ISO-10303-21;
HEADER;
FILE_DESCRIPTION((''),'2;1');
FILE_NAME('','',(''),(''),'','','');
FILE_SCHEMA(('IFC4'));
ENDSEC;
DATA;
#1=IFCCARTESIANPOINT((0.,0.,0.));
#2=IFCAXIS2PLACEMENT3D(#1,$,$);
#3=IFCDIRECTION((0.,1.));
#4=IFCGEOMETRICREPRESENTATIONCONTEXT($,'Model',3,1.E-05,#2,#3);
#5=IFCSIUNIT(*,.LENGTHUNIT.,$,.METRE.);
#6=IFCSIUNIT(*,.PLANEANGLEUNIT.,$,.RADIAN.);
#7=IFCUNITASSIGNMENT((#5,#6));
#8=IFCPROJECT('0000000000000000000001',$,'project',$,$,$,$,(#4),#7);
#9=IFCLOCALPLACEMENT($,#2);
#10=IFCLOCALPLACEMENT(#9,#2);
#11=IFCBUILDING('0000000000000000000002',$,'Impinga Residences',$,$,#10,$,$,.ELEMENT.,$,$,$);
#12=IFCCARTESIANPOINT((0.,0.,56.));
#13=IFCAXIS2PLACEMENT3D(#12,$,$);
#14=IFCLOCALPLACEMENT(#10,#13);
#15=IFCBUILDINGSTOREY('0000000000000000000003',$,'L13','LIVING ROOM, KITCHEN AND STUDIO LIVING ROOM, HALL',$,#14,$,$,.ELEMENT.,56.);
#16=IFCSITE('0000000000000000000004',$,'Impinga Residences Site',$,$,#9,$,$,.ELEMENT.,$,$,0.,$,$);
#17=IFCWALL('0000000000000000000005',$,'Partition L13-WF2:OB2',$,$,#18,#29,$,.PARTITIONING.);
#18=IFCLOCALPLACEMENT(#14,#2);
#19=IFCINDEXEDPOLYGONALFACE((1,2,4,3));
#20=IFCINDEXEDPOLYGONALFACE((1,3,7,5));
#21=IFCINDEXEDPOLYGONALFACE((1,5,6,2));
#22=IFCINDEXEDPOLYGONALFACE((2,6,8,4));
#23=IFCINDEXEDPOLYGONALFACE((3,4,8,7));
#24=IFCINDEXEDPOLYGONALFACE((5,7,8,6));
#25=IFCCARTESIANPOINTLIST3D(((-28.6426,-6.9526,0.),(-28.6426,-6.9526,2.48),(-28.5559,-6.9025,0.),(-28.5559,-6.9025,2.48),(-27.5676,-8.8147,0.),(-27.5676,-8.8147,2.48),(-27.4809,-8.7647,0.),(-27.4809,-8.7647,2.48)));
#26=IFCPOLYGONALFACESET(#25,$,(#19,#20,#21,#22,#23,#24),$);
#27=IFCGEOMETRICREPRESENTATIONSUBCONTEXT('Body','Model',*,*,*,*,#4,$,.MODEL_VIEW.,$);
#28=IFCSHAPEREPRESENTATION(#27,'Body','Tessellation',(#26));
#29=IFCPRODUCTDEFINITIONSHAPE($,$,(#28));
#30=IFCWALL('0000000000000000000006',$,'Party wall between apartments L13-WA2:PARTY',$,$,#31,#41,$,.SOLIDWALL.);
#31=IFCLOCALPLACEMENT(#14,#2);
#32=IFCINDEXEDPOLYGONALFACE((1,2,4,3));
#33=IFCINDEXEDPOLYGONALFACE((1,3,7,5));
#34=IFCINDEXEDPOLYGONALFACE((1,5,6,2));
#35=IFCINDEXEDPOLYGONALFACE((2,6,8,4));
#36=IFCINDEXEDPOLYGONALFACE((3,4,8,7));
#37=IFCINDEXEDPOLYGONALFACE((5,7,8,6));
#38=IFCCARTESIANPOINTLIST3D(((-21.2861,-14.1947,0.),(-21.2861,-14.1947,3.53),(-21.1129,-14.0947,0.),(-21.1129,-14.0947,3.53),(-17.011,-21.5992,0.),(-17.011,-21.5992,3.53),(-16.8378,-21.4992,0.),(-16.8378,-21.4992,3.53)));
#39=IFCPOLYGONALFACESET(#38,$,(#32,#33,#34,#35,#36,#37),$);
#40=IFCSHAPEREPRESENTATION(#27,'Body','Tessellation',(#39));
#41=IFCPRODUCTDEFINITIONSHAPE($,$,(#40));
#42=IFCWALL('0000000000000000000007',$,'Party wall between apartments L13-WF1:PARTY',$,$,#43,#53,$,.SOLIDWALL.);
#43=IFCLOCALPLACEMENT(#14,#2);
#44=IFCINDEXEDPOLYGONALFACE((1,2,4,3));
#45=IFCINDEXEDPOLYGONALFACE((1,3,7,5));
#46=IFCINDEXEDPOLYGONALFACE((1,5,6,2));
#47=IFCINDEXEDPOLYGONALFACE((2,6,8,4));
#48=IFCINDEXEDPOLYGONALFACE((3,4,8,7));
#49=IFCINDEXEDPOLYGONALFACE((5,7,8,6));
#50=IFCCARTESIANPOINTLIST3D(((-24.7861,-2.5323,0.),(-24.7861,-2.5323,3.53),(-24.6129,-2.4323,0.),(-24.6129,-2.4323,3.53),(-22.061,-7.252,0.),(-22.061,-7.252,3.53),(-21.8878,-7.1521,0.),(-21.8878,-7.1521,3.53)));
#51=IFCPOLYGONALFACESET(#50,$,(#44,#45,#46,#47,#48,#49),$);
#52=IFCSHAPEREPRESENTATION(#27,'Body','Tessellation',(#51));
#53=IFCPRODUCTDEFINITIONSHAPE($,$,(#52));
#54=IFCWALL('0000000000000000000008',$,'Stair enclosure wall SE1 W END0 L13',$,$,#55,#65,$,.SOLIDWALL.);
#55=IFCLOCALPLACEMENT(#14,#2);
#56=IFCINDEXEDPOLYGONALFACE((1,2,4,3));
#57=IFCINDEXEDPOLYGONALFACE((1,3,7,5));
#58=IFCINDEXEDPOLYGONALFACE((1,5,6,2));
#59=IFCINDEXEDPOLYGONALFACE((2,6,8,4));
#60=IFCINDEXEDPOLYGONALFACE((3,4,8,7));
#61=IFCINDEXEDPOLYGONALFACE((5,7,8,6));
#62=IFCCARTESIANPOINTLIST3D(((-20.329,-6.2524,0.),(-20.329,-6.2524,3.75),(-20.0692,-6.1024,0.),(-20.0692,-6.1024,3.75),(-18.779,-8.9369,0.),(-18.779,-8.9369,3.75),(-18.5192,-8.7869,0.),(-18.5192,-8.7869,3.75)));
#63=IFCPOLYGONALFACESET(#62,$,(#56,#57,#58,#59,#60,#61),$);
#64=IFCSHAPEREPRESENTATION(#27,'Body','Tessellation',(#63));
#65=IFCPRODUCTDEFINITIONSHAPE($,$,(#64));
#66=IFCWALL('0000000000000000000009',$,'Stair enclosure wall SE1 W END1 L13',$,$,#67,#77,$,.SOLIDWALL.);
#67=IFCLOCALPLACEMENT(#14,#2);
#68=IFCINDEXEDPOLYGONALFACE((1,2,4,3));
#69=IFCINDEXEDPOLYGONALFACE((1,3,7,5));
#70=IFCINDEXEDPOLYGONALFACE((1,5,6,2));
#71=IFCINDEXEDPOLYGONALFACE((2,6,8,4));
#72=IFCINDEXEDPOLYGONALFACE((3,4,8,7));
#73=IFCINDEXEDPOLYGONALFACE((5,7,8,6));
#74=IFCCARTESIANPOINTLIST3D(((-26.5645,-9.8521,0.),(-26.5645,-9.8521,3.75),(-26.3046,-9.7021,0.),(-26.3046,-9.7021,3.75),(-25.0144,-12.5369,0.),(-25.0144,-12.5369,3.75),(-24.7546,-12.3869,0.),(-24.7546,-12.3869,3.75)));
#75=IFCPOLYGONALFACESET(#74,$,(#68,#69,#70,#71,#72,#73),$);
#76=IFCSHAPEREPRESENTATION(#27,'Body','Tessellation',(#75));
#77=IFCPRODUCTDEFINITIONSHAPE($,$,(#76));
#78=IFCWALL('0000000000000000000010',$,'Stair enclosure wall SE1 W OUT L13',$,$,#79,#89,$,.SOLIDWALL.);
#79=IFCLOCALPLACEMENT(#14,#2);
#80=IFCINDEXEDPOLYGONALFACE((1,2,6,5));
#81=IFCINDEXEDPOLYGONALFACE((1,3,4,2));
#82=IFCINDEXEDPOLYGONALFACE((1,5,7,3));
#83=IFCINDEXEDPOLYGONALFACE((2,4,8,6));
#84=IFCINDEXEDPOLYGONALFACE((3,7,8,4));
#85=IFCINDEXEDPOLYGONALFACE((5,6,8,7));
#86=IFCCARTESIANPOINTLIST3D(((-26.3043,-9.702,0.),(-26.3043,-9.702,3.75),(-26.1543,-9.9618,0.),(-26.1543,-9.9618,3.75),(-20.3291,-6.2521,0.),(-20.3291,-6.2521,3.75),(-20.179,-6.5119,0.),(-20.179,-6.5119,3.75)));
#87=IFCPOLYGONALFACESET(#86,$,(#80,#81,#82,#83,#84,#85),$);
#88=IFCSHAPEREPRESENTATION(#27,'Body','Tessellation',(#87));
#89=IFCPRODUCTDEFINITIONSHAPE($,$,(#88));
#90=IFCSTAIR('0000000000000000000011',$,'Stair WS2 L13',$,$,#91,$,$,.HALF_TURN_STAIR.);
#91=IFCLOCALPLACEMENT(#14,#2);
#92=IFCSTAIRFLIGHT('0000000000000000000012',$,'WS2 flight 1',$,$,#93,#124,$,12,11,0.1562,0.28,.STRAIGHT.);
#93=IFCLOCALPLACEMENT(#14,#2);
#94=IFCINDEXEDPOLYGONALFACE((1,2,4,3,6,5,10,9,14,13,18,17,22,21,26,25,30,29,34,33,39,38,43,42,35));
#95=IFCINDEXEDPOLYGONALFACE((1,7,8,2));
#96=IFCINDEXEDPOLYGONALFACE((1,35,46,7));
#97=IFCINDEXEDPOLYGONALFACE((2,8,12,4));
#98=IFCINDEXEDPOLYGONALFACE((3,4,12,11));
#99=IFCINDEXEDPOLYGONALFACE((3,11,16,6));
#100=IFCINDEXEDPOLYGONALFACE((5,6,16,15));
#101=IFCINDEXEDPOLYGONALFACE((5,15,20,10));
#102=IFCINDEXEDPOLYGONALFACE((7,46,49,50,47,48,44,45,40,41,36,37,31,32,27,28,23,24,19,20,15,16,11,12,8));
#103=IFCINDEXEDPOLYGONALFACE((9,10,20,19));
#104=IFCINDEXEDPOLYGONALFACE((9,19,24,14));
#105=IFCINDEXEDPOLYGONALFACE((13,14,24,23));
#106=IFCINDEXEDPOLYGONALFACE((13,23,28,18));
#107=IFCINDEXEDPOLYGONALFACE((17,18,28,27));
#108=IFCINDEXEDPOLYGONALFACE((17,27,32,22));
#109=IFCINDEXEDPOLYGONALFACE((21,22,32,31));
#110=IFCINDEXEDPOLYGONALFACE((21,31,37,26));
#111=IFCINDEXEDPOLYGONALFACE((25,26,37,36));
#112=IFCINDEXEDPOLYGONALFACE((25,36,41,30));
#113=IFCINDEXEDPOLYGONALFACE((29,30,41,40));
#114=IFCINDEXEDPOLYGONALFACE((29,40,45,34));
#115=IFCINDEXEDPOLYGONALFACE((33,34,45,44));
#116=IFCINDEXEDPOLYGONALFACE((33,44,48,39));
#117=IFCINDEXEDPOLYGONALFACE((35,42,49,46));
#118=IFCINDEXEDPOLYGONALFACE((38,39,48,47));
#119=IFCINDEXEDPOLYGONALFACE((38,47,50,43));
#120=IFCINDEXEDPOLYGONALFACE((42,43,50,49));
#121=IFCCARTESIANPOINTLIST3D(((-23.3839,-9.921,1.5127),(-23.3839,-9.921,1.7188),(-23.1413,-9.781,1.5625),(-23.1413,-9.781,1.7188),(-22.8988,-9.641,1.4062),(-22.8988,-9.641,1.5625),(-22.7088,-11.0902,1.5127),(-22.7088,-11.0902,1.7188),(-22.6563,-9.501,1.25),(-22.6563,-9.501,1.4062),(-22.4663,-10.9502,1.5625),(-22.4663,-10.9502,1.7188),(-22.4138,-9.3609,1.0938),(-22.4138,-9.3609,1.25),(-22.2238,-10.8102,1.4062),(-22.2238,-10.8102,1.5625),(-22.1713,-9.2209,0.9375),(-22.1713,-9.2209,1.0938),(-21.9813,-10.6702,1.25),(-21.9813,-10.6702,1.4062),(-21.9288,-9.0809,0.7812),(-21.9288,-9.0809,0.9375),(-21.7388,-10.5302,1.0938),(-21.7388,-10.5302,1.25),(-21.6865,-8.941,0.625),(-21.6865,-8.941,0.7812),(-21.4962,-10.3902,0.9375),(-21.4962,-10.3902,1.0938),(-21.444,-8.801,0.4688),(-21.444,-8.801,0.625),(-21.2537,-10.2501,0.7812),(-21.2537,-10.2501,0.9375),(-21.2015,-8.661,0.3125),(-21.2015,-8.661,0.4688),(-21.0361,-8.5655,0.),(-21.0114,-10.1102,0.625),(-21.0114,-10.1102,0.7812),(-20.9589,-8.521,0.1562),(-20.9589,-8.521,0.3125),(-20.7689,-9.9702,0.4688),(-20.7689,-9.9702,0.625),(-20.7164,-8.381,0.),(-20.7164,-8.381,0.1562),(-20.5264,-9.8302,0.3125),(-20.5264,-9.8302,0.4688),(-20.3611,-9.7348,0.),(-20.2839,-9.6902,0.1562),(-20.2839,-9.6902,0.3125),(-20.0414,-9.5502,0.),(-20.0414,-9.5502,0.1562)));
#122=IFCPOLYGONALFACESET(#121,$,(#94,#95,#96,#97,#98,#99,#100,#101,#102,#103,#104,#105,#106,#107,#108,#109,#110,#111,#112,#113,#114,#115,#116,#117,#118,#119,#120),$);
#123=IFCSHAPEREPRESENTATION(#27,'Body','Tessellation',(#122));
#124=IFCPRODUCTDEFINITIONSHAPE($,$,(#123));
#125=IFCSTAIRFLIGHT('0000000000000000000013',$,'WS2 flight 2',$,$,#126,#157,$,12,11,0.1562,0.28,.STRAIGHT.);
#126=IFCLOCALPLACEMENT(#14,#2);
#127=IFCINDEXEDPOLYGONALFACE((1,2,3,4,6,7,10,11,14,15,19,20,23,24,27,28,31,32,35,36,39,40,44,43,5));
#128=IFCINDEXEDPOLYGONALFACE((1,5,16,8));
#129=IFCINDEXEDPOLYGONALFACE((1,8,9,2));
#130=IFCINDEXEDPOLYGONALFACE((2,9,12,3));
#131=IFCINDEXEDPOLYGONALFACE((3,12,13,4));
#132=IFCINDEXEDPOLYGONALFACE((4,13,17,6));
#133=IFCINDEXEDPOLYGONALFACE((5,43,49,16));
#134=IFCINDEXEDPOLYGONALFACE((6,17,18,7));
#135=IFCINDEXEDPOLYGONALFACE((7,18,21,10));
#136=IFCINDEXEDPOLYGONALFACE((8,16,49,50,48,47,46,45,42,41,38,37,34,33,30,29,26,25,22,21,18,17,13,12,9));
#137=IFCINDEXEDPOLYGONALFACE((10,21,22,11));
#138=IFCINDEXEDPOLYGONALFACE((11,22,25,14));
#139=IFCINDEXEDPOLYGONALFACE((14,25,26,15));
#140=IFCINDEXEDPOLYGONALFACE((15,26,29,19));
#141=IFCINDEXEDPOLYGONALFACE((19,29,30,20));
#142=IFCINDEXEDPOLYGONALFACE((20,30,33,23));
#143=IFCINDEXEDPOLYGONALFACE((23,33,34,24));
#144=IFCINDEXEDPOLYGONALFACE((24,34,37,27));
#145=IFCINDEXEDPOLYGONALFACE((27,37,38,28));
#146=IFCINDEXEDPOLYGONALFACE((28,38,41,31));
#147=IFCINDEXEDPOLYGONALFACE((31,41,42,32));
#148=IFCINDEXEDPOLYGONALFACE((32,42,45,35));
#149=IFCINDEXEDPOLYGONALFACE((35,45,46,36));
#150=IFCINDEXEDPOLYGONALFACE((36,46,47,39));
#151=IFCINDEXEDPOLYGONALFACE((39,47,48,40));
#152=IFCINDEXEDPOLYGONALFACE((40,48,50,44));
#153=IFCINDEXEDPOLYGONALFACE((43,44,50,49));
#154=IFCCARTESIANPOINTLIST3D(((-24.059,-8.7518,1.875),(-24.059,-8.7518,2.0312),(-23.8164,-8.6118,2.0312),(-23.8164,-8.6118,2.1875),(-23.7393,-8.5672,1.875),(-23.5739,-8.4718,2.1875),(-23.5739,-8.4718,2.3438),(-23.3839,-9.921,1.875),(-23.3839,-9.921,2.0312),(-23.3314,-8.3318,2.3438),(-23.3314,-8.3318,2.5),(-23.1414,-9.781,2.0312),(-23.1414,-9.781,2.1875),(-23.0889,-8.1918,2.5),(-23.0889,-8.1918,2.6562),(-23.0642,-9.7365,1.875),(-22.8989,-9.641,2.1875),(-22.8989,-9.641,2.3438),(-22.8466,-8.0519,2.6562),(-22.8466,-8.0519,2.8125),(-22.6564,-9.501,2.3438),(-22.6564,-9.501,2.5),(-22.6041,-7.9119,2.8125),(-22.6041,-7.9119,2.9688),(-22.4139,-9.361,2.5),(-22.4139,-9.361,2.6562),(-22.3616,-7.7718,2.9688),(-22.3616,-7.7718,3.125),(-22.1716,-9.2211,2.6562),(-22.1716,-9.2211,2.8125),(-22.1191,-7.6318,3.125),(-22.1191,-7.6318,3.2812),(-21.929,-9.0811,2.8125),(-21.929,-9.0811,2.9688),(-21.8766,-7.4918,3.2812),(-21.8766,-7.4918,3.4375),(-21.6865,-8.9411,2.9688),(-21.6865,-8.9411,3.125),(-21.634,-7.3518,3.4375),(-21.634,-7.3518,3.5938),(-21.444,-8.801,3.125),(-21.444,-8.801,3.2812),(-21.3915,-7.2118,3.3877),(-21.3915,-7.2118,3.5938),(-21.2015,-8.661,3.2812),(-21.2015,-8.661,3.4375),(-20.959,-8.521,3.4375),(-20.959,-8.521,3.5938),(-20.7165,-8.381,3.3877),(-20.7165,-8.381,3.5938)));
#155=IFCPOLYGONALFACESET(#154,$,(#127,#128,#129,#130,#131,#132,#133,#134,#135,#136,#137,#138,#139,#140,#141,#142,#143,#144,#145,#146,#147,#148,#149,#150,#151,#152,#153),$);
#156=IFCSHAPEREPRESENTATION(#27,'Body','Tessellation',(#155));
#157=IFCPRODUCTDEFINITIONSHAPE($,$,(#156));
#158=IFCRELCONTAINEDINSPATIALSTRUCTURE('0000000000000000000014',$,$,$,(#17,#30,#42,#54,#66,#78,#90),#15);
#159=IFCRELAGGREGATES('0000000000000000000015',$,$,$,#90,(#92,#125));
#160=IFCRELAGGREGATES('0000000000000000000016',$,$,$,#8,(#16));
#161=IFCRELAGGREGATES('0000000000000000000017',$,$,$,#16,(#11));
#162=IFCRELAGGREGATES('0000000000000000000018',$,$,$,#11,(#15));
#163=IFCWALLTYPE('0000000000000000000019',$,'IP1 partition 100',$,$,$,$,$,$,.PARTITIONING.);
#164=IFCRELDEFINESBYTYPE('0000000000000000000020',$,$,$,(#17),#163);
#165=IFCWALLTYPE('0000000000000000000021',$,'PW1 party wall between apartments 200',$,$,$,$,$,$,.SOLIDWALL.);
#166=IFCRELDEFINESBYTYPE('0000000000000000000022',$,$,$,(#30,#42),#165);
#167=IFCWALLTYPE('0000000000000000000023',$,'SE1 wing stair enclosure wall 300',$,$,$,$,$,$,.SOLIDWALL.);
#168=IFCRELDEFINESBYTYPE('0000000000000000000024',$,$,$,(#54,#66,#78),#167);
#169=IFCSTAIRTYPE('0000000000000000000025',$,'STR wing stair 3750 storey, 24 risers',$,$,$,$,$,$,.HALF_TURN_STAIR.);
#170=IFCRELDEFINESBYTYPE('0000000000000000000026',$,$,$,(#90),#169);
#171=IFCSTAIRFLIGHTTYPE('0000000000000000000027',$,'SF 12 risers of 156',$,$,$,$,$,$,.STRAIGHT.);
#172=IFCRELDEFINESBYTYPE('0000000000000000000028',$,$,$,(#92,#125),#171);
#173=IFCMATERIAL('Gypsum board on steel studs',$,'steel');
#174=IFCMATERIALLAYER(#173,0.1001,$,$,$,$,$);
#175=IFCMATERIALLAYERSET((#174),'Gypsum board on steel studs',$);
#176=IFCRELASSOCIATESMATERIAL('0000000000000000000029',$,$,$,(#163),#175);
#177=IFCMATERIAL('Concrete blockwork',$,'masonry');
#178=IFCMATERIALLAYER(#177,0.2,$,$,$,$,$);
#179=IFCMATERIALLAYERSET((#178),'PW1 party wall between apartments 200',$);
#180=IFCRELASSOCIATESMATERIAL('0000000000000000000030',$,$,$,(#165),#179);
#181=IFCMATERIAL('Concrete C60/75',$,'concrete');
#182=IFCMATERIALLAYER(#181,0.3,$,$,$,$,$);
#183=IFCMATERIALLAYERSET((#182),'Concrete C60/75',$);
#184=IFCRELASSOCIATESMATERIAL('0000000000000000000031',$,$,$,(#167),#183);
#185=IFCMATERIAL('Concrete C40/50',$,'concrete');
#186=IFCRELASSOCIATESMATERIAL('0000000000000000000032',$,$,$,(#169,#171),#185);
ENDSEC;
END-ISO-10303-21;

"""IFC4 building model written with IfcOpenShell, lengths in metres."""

from ifc_helpers import new_model, si_unit, direction, frame, frame_2d, origin, place, context, subcontext, project, spatial, polyline, rectangle, outline, extrude, material, layer, layer_set, type_object, element, aggregate, save


model = new_model("IFC4")

# Units and contexts
model_context = context("Model", 3, precision=1e-05, world=origin(), true_north=direction((0.0, 1.0)))
body_context = subcontext(model_context, "Body", "Model", "MODEL_VIEW")
ifc_project = project(units=[si_unit("LENGTHUNIT", "METRE"), si_unit("PLANEANGLEUNIT", "RADIAN")], contexts=[model_context])

# Site, building, storey
site_placement = place(None, origin())
site = spatial("IfcSite", under=ifc_project, at=site_placement, Name="Impinga Residences Site", CompositionType="ELEMENT", RefElevation=0.0)
building_placement = place(site_placement, origin())
building = spatial("IfcBuilding", under=site, at=building_placement, Name="Impinga Residences", CompositionType="ELEMENT")
storey_placement = place(building_placement, frame((0.0, 0.0, 56.0)))
storey = spatial("IfcBuildingStorey", under=building, at=storey_placement, Name="L13", Description="LIVING ROOM, KITCHEN AND STUDIO LIVING ROOM, HALL", CompositionType="ELEMENT", Elevation=56.0)

# Shared definitions
ifc_material_1 = material(Name="Concrete C60/75", Category="concrete")

# Shared definitions
ifc_material_2 = material(Name="Gypsum board on steel studs", Category="steel")
ifc_layer_1 = layer(ifc_material_2, 0.1001)
ifc_layer_set_1 = layer_set([ifc_layer_1], Name="Gypsum board on steel studs")
wall_type_1 = type_object("IfcWallType", Name="IP1 partition 100", PredefinedType="PARTITIONING", material=ifc_layer_set_1)

# Walls
wall_1_placement = place(storey_placement, frame((-27.5242, -8.7898, 0.0), z_axis=(0.0, 0.0, 1.0), x_axis=(-0.499962, 0.866048, 0.0)))
element("IfcWall", 1, at=wall_1_placement, inside=storey, type_object=wall_type_1, Name="Partition L13-WF2:OB2", PredefinedType="PARTITIONING", context=body_context, shape_type="SweptSolid", body=[
    extrude(rectangle(XDim=2.1501, YDim=0.1001, at=frame_2d((1.0752, 0.0))), origin(), (0.0, 0.0, 1.0), 2.48),
])
ifc_material_3 = material(Name="Concrete blockwork", Category="masonry")
ifc_layer_2 = layer(ifc_material_3, 0.2)
ifc_layer_set_2 = layer_set([ifc_layer_2], Name="PW1 party wall between apartments 200")
wall_type_2 = type_object("IfcWallType", Name="PW1 party wall between apartments 200", PredefinedType="SOLIDWALL", material=ifc_layer_set_2)
wall_2_placement = place(storey_placement, frame((-21.1995, -14.1448, 0.0), z_axis=(0.0, 0.0, 1.0), x_axis=(0.500012, -0.866019, 0.0)))
element("IfcWall", 2, at=wall_2_placement, inside=storey, type_object=wall_type_2, Name="Party wall between apartments L13-WA2:PARTY", PredefinedType="SOLIDWALL", context=body_context, shape_type="SweptSolid", body=[
    extrude(rectangle(XDim=8.55, YDim=0.2, at=frame_2d((4.2749, 0.0))), origin(), (0.0, 0.0, 1.0), 3.53),
])
wall_3_placement = place(storey_placement, frame((-21.9744, -7.2021, 0.0), z_axis=(0.0, 0.0, 1.0), x_axis=(-0.500022, 0.866013, 0.0)))
element("IfcWall", 3, at=wall_3_placement, inside=storey, type_object=wall_type_2, Name="Party wall between apartments L13-WF1:PARTY", PredefinedType="SOLIDWALL", context=body_context, shape_type="SweptSolid", body=[
    extrude(rectangle(XDim=5.45, YDim=0.2, at=frame_2d((2.7251, 0.0))), origin(), (0.0, 0.0, 1.0), 3.53),
])
ifc_layer_3 = layer(ifc_material_1, 0.3)
ifc_layer_set_3 = layer_set([ifc_layer_3], Name="Concrete C60/75")
wall_type_3 = type_object("IfcWallType", Name="SE1 wing stair enclosure wall 300", PredefinedType="SOLIDWALL", material=ifc_layer_set_3)
wall_4_placement = place(storey_placement, frame((-18.6492, -8.8618, 0.0), z_axis=(0.0, 0.0, 1.0), x_axis=(-0.500027, 0.86601, 0.0)))
element("IfcWall", 4, at=wall_4_placement, inside=storey, type_object=wall_type_3, Name="Stair enclosure wall SE1 W END0 L13", PredefinedType="SOLIDWALL", context=body_context, shape_type="SweptSolid", body=[
    extrude(rectangle(XDim=3.0999, YDim=0.3, at=frame_2d((1.5498, 0.0))), origin(), (0.0, 0.0, 1.0), 3.75),
])
wall_5_placement = place(storey_placement, frame((-24.8845, -12.4619, 0.0), z_axis=(0.0, 0.0, 1.0), x_axis=(-0.499993, 0.86603, 0.0)))
element("IfcWall", 5, at=wall_5_placement, inside=storey, type_object=wall_type_3, Name="Stair enclosure wall SE1 W END1 L13", PredefinedType="SOLIDWALL", context=body_context, shape_type="SweptSolid", body=[
    extrude(rectangle(XDim=3.1001, YDim=0.3, at=frame_2d((1.55, 0.0))), origin(), (0.0, 0.0, 1.0), 3.75),
])
wall_6_placement = place(storey_placement, frame((-20.2542, -6.3821, 0.0), z_axis=(0.0, 0.0, 1.0), x_axis=(-0.86602, -0.500009, 0.0)))
element("IfcWall", 6, at=wall_6_placement, inside=storey, type_object=wall_type_3, Name="Stair enclosure wall SE1 W OUT L13", PredefinedType="SOLIDWALL", context=body_context, shape_type="SweptSolid", body=[
    extrude(rectangle(XDim=6.8997, YDim=0.3, at=frame_2d((3.4497, 0.0))), origin(), (0.0, 0.0, 1.0), 3.75),
])

# Stair, stair flights
ifc_material_4 = material(Name="Concrete C40/50", Category="concrete")
stair_type = type_object("IfcStairType", Name="STR wing stair 3750 storey, 24 risers", PredefinedType="HALF_TURN_STAIR", material=ifc_material_4)
stair_placement = place(storey_placement, origin())
stair = element("IfcStair", 7, at=stair_placement, inside=storey, type_object=stair_type, Name="Stair WS2 L13", PredefinedType="HALF_TURN_STAIR")
stair_flight_type = type_object("IfcStairFlightType", Name="SF 12 risers of 156", PredefinedType="STRAIGHT", material=ifc_material_4)
stair_flight_1_placement = place(storey_placement, frame((-20.3789, -8.9656, 0.0), z_axis=(0.0, 0.0, 1.0), x_axis=(-0.866025, -0.5, 0.0)))
stair_flight_1 = element("IfcStairFlight", 8, at=stair_flight_1_placement, type_object=stair_flight_type, Name="WS2 flight 1", NumberOfRisers=12, NumberOfTreads=11, PredefinedType="STRAIGHT", RiserHeight=0.1562, TreadLength=0.28, context=body_context, shape_type="SweptSolid", body=[
    extrude(outline(polyline([(0.0, 0.0), (0.0, 0.1562), (0.28, 0.1562), (0.28, 0.3125), (0.5601, 0.3125), (0.5601, 0.4688), (0.8401, 0.4688), (0.8401, 0.625), (1.1201, 0.625), (1.1201, 0.7812), (1.3999, 0.7812), (1.3999, 0.9375), (1.6799, 0.9375), (1.6799, 1.0938), (1.96, 1.0938), (1.96, 1.25), (2.24, 1.25), (2.24, 1.4062), (2.52, 1.4062), (2.52, 1.5625), (2.8, 1.5625), (2.8, 1.7188), (3.0801, 1.7188), (3.0801, 1.875), (3.0801, 1.5127), (0.3691, 0.0), (0.0, 0.0)])), frame((0.0, 0.675, 0.0), z_axis=(0.0, -1.0, 0.0), x_axis=(1.0, 0.0, 0.0)), (0.0, 0.0, 1.0), 1.3501),
])
stair_flight_2_placement = place(storey_placement, frame((-23.7214, -9.3364, 1.875), z_axis=(0.0, 0.0, 1.0), x_axis=(0.866025, 0.5, 0.0)))
stair_flight_2 = element("IfcStairFlight", 9, at=stair_flight_2_placement, type_object=stair_flight_type, Name="WS2 flight 2", NumberOfRisers=12, NumberOfTreads=11, PredefinedType="STRAIGHT", RiserHeight=0.1562, TreadLength=0.28, context=body_context, shape_type="SweptSolid", body=[
    extrude(outline(polyline([(0.0, 0.0), (0.0, 0.1562), (0.28, 0.1562), (0.28, 0.3125), (0.5601, 0.3125), (0.5601, 0.4688), (0.8401, 0.4688), (0.8401, 0.625), (1.1201, 0.625), (1.1201, 0.7812), (1.3999, 0.7812), (1.3999, 0.9375), (1.6799, 0.9375), (1.6799, 1.0938), (1.96, 1.0938), (1.96, 1.25), (2.24, 1.25), (2.24, 1.4062), (2.52, 1.4062), (2.52, 1.5625), (2.8, 1.5625), (2.8, 1.7188), (3.0801, 1.7188), (3.0801, 1.875), (3.0801, 1.5127), (0.3691, 0.0), (0.0, 0.0)])), frame((0.0, 0.675, 0.0), z_axis=(0.0, -1.0, 0.0), x_axis=(1.0, 0.0, 0.0)), (0.0, 0.0, 1.0), 1.3501),
])
aggregate(stair, [stair_flight_1, stair_flight_2])

save(model, "model.ifc")
